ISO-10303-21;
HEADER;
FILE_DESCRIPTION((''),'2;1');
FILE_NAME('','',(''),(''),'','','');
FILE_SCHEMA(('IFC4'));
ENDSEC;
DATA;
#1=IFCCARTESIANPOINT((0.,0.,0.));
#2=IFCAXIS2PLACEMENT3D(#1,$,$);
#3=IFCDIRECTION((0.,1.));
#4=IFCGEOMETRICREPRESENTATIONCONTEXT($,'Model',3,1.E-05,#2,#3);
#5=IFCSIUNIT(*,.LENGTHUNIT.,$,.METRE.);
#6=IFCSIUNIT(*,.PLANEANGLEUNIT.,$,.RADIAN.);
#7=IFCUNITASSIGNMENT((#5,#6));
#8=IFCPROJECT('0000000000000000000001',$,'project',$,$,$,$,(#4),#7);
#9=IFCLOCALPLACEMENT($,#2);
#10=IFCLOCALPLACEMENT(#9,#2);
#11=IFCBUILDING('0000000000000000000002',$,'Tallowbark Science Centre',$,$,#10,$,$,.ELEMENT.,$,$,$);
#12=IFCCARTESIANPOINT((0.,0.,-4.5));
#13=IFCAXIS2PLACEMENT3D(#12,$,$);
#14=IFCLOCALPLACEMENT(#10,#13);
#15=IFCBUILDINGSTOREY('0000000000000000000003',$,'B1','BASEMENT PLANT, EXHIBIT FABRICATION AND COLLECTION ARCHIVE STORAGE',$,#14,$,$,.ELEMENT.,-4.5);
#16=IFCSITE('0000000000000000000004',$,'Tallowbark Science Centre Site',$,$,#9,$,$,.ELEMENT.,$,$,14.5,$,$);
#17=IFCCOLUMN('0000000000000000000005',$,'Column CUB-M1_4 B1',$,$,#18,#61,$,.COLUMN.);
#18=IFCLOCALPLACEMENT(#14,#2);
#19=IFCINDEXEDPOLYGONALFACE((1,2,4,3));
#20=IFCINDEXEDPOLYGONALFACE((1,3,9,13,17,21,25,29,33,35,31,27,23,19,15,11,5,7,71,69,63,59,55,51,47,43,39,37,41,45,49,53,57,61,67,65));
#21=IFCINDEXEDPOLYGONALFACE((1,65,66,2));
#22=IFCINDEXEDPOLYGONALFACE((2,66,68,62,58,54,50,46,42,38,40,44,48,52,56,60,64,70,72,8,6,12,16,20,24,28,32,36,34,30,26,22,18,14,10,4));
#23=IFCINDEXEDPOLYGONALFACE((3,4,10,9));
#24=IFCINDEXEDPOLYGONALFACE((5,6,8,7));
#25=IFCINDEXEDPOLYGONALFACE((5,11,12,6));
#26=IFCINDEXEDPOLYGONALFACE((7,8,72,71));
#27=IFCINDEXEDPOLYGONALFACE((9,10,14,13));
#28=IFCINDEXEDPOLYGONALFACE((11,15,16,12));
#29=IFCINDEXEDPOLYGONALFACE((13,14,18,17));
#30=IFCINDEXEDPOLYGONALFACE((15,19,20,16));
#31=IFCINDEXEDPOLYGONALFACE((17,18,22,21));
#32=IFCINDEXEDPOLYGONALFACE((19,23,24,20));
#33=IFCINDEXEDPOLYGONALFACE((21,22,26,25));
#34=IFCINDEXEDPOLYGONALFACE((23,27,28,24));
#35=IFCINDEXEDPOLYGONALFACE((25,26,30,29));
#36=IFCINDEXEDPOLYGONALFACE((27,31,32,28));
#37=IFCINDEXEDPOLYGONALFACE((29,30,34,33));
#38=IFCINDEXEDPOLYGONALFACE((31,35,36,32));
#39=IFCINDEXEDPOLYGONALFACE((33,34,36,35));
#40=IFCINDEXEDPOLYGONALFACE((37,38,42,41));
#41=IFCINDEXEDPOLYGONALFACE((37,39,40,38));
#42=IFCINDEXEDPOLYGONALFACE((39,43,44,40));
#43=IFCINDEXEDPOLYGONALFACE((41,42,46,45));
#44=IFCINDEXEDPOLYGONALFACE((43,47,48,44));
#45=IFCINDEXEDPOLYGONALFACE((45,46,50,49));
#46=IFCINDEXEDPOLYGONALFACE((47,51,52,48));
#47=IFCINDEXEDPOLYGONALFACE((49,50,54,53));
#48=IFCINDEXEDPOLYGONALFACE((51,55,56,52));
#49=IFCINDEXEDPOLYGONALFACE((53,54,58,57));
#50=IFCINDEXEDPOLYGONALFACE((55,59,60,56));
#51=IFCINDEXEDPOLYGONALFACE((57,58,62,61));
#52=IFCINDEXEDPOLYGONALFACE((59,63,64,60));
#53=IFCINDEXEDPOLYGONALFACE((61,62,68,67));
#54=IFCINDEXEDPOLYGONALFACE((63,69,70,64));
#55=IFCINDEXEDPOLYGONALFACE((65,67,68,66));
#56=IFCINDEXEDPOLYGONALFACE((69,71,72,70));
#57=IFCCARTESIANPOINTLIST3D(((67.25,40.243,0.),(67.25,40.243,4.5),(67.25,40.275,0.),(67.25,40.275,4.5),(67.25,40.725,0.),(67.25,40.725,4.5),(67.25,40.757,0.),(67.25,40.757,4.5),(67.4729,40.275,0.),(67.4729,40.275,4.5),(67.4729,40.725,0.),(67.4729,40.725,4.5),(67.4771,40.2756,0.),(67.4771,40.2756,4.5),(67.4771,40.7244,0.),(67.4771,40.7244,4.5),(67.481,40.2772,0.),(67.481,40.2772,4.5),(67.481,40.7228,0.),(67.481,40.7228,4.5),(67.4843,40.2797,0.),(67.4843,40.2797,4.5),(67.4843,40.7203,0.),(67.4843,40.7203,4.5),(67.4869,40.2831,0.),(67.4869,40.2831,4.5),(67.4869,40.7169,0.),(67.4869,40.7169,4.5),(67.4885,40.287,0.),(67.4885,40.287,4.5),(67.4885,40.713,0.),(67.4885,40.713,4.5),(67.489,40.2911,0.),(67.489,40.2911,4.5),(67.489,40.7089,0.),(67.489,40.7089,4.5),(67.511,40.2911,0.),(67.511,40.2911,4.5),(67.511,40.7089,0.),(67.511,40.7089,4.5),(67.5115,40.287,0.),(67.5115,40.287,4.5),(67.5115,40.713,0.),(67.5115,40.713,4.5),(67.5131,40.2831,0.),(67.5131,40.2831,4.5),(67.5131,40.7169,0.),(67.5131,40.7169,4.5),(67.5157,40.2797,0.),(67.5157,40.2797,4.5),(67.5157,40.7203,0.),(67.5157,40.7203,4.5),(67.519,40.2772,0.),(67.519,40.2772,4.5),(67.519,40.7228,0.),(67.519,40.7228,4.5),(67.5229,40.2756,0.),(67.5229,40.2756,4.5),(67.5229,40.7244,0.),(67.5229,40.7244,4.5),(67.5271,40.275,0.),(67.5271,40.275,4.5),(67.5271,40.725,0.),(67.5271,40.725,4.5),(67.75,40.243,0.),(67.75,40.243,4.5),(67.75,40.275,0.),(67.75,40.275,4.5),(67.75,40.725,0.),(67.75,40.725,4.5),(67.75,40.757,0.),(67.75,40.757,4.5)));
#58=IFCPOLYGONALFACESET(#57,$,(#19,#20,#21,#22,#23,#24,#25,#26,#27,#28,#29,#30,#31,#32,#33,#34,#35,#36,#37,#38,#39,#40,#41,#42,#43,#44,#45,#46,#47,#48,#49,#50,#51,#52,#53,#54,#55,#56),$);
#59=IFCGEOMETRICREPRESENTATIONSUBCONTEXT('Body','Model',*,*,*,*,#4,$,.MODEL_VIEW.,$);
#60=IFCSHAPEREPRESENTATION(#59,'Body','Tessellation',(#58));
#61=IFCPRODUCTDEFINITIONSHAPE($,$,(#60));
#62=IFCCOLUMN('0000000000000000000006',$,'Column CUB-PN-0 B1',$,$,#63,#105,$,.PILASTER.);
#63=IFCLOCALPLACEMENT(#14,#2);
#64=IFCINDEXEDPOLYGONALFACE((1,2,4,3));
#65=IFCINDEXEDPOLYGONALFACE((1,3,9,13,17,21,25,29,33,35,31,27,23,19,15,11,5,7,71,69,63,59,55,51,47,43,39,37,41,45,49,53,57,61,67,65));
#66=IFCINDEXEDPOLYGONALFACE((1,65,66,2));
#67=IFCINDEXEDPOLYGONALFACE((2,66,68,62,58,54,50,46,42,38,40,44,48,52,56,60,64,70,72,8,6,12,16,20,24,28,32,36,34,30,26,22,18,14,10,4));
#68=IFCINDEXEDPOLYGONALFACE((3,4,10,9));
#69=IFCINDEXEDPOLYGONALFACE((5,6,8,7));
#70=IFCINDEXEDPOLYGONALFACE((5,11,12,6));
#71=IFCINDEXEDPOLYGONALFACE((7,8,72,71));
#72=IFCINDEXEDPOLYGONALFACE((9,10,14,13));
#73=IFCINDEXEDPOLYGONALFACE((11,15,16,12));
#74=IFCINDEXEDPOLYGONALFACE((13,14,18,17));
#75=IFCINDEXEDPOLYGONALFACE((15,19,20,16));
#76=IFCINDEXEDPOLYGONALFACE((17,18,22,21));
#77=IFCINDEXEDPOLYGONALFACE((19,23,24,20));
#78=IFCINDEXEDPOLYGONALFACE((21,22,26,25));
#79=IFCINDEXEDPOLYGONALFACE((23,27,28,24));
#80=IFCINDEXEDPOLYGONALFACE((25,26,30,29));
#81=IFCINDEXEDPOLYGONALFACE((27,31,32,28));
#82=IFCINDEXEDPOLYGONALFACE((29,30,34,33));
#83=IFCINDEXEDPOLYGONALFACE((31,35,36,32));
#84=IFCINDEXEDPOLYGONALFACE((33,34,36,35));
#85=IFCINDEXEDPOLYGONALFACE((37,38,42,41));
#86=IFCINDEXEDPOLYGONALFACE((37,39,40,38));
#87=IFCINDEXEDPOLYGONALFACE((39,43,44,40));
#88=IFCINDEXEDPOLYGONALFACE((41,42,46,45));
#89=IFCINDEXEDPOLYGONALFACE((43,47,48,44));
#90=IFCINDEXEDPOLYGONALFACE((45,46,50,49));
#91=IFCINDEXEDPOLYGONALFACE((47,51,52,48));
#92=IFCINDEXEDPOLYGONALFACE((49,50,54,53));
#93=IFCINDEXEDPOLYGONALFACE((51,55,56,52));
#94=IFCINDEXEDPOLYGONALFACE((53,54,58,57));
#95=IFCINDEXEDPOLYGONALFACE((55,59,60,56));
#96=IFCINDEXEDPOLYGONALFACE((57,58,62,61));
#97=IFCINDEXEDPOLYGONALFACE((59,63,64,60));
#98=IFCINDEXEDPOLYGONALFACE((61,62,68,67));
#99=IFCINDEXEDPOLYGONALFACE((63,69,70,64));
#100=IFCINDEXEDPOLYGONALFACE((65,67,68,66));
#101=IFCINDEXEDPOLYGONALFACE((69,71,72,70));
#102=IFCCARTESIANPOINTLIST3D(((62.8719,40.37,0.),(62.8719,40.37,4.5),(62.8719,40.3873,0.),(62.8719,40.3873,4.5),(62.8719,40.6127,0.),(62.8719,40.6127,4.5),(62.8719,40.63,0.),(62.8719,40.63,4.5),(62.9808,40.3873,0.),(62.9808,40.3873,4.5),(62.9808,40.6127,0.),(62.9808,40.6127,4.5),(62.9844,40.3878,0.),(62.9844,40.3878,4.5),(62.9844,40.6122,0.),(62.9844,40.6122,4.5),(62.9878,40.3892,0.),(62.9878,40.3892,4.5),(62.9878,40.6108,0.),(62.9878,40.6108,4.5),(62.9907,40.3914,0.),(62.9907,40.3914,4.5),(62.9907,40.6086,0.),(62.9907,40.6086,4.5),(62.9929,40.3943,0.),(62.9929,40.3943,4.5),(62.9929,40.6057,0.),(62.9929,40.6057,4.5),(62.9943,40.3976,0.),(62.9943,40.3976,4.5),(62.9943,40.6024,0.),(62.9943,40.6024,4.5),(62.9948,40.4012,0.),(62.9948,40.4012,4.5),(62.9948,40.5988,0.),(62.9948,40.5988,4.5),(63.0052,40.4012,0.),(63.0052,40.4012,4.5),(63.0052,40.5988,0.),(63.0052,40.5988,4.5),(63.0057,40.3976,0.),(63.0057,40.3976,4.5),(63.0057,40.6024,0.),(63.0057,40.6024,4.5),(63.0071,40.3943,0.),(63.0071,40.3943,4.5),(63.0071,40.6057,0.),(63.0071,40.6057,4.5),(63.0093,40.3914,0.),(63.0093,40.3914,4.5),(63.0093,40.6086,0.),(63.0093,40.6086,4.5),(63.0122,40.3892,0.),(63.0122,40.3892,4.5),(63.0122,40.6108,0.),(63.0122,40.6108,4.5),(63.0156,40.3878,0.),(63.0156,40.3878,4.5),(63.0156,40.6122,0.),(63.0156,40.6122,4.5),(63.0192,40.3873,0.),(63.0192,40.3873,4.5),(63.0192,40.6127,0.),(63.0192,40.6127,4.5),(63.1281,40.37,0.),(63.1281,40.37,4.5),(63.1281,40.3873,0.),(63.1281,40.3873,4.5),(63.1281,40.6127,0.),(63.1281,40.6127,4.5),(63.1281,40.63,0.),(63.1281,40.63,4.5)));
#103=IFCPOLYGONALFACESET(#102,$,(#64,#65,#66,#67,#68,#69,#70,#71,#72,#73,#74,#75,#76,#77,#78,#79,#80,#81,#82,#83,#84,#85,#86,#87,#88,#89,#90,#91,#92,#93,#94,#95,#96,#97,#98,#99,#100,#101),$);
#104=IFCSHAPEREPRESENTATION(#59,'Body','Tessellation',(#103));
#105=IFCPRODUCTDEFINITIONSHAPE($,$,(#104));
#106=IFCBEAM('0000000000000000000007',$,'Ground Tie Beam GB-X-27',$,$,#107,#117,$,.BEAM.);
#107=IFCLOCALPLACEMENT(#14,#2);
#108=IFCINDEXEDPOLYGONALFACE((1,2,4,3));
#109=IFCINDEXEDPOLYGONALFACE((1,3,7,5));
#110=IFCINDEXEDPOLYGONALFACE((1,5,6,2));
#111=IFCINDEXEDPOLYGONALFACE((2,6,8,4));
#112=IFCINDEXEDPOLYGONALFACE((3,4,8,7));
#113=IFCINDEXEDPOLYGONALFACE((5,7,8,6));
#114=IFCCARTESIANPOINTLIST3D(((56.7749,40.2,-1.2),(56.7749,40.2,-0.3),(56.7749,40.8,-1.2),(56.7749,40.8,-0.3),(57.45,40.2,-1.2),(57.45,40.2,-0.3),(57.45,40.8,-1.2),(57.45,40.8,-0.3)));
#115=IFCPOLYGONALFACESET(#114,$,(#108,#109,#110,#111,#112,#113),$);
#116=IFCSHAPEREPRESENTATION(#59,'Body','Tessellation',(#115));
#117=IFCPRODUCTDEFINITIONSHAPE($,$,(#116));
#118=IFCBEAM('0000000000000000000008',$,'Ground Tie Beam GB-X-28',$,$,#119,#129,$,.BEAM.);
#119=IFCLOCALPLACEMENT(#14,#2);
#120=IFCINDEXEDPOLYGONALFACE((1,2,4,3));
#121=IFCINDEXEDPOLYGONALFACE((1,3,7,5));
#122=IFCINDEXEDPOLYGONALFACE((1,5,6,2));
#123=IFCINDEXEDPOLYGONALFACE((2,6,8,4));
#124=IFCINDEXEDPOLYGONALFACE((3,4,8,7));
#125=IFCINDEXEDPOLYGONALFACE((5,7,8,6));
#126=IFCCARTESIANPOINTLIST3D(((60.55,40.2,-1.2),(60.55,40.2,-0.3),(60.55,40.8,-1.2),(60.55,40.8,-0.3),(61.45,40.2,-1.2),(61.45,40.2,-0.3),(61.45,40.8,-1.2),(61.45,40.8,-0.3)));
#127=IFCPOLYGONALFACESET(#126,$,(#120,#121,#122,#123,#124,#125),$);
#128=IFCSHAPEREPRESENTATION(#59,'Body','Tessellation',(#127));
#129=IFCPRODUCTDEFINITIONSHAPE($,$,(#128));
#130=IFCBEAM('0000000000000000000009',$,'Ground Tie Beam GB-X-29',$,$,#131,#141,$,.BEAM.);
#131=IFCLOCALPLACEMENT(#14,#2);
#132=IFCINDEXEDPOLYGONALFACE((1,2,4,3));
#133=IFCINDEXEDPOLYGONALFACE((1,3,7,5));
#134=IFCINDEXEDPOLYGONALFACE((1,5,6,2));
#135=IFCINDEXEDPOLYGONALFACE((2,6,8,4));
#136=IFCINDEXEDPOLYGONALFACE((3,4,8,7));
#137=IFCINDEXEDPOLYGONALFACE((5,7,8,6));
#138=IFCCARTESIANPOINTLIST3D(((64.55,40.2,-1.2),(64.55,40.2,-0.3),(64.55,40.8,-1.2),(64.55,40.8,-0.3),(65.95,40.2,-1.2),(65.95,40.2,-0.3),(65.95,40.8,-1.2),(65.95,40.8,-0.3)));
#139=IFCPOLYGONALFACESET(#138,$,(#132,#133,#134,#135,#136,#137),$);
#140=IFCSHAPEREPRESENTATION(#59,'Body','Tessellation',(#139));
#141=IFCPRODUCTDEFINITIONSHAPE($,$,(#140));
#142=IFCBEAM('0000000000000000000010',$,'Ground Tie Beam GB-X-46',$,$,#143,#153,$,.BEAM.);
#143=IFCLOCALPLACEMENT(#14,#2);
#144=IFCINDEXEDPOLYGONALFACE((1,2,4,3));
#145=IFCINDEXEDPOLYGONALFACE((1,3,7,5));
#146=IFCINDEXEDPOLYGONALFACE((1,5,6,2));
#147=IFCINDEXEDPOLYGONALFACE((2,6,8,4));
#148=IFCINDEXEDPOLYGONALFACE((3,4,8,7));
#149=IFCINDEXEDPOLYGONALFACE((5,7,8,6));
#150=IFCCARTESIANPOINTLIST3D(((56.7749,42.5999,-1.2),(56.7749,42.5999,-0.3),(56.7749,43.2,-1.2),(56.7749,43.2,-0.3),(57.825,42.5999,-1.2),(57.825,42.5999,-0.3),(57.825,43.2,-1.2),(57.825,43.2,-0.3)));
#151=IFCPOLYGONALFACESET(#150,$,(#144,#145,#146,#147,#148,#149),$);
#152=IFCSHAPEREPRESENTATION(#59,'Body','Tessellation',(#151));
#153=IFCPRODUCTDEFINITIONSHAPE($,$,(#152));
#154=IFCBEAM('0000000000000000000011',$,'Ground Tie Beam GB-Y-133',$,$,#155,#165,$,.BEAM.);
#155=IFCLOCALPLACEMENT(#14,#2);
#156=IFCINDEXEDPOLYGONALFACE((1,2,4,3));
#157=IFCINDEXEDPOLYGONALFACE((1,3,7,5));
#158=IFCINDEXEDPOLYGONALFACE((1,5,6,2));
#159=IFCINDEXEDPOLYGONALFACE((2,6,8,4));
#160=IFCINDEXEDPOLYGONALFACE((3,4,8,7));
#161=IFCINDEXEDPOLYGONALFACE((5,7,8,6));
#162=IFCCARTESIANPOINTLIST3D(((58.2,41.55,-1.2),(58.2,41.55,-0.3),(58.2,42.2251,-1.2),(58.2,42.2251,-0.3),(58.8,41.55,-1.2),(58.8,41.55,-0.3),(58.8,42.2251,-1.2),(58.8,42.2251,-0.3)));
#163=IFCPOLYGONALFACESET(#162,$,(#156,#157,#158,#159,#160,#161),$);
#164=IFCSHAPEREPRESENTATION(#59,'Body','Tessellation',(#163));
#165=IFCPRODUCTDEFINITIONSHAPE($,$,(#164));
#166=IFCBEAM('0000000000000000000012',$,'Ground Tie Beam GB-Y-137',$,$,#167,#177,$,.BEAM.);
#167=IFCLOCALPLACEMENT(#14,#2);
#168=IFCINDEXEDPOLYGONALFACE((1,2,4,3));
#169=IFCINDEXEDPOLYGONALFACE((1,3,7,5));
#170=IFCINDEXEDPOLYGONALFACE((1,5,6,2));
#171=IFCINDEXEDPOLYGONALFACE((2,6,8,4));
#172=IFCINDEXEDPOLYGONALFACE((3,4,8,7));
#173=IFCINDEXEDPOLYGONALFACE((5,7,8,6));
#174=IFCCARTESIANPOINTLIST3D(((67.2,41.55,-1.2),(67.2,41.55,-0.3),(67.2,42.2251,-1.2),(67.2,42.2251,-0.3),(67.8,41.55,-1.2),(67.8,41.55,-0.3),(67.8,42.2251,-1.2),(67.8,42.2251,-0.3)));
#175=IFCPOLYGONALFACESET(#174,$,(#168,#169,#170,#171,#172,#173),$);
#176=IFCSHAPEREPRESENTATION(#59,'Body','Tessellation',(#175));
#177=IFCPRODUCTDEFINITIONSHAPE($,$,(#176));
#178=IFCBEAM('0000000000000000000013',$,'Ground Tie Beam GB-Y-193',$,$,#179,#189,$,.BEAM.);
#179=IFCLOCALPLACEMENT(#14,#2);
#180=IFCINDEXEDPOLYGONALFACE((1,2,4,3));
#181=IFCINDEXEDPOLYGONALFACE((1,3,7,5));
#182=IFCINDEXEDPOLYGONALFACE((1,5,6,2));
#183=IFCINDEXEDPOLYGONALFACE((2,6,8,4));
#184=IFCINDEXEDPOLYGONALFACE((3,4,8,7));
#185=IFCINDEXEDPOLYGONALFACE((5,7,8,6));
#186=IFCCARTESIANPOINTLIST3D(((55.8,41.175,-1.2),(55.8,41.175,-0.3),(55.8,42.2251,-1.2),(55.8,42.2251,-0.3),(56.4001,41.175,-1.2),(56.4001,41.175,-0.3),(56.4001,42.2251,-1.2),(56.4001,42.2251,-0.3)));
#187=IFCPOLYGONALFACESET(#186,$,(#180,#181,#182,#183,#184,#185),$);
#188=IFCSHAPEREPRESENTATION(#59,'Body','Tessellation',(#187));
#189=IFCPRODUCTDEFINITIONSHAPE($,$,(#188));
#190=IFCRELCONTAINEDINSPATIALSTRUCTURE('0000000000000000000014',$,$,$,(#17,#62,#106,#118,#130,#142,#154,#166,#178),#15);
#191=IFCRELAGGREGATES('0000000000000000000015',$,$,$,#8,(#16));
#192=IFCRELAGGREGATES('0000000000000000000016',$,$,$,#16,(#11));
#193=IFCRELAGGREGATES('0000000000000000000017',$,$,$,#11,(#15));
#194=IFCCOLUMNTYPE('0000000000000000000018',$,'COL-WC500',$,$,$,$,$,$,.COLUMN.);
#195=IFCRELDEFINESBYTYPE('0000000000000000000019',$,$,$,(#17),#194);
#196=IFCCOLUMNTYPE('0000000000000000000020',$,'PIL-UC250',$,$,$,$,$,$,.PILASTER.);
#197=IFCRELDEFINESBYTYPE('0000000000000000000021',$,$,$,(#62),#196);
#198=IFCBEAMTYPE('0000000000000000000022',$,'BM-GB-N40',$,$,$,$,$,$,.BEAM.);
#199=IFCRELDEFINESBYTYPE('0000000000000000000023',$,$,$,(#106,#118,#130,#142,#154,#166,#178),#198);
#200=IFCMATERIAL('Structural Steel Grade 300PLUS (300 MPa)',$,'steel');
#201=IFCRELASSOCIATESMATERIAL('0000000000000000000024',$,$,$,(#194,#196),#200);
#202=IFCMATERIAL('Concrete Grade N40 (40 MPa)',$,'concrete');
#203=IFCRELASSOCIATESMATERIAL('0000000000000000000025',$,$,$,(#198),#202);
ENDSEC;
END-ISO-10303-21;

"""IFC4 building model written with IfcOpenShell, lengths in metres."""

from ifc_helpers import new_model, si_unit, direction, frame, origin, origin_2d, place, context, subcontext, project, spatial, rectangle, i_section, extrude, material, material_profile, profile_set, type_object, element, save


model = new_model("IFC4")

# Units and contexts
model_context = context("Model", 3, precision=1e-05, world=origin(), true_north=direction((0.0, 1.0)))
body_context = subcontext(model_context, "Body", "Model", "MODEL_VIEW")
ifc_project = project(units=[si_unit("LENGTHUNIT", "METRE"), si_unit("PLANEANGLEUNIT", "RADIAN")], contexts=[model_context])

# Site, building, storey
site_placement = place(None, origin())
site = spatial("IfcSite", under=ifc_project, at=site_placement, Name="Tallowbark Science Centre Site", CompositionType="ELEMENT", RefElevation=14.5)
building_placement = place(site_placement, origin())
building = spatial("IfcBuilding", under=site, at=building_placement, Name="Tallowbark Science Centre", CompositionType="ELEMENT")
storey_placement = place(building_placement, frame((0.0, 0.0, -4.5)))
storey = spatial("IfcBuildingStorey", under=building, at=storey_placement, Name="B1", Description="BASEMENT PLANT, EXHIBIT FABRICATION AND COLLECTION ARCHIVE STORAGE", CompositionType="ELEMENT", Elevation=-4.5)

# Shared definitions
ifc_material_1 = material(Name="Concrete Grade N40 (40 MPa)", Category="concrete")

# Columns
ifc_material_2 = material(Name="Structural Steel Grade 300PLUS (300 MPa)", Category="steel")
ifc_material_profile_1 = material_profile(ifc_material_2, i_section(OverallWidth=0.5, OverallDepth=0.5139, WebThickness=0.022, FlangeThickness=0.032, FilletRadius=0.0161, at=origin_2d()), Name="500WC340")
ifc_profile_set_1 = profile_set([ifc_material_profile_1], Name="Structural Steel Grade 300PLUS (300 MPa)")
column_type_1 = type_object("IfcColumnType", Name="COL-WC500", PredefinedType="COLUMN", material=ifc_profile_set_1)
for number, where, z_axis, x_axis, name in (
    (1, (67.5, 40.5, 0.0), (0.0, 0.0, 1.0), (1.0, 0.0, 0.0), "Column CUB-M1_4 B1"),
):
    element("IfcColumn", number, at=place(storey_placement, frame(where, z_axis=z_axis, x_axis=x_axis)), inside=storey, type_object=column_type_1, Name=name, PredefinedType="COLUMN", context=body_context, shape_type="SweptSolid", body=[
        extrude(i_section(OverallWidth=0.5, OverallDepth=0.5139, WebThickness=0.022, FlangeThickness=0.032, FilletRadius=0.0161, at=origin_2d()), origin(), (0.0, 0.0, 1.0), 4.5),
    ])
ifc_material_profile_2 = material_profile(ifc_material_2, i_section(OverallWidth=0.2561, OverallDepth=0.26, WebThickness=0.0105, FlangeThickness=0.0173, FilletRadius=0.0139, at=origin_2d()), Name="250UC89.5")
ifc_profile_set_2 = profile_set([ifc_material_profile_2], Name="Structural Steel Grade 300PLUS (300 MPa)")
column_type_2 = type_object("IfcColumnType", Name="PIL-UC250", PredefinedType="PILASTER", material=ifc_profile_set_2)
column_1_placement = place(storey_placement, frame((63.0, 40.5, 0.0), z_axis=(0.0, 0.0, 1.0), x_axis=(1.0, 0.0, 0.0)))
element("IfcColumn", 2, at=column_1_placement, inside=storey, type_object=column_type_2, Name="Column CUB-PN-0 B1", PredefinedType="PILASTER", context=body_context, shape_type="SweptSolid", body=[
    extrude(i_section(OverallWidth=0.2561, OverallDepth=0.26, WebThickness=0.0105, FlangeThickness=0.0173, FilletRadius=0.0139, at=origin_2d()), origin(), (0.0, 0.0, 1.0), 4.5),
])

# Beams
ifc_material_profile_3 = material_profile(ifc_material_1, rectangle(XDim=0.6001, YDim=0.8999, at=origin_2d()), Name="RC600x900")
ifc_profile_set_3 = profile_set([ifc_material_profile_3], Name="Concrete Grade N40 (40 MPa)")
beam_type = type_object("IfcBeamType", Name="BM-GB-N40", PredefinedType="BEAM", material=ifc_profile_set_3)
beam_1_placement = place(storey_placement, frame((56.7749, 40.5, -0.75), z_axis=(1.0, 0.0, 0.0), x_axis=(0.0, 1.0, 0.0)))
element("IfcBeam", 3, at=beam_1_placement, inside=storey, type_object=beam_type, Name="Ground Tie Beam GB-X-27", PredefinedType="BEAM", context=body_context, shape_type="SweptSolid", body=[
    extrude(rectangle(XDim=0.6001, YDim=0.8999, at=origin_2d()), origin(), (0.0, 0.0, 1.0), 0.675),
])
beam_2_placement = place(storey_placement, frame((60.55, 40.5, -0.75), z_axis=(1.0, 0.0, 0.0), x_axis=(0.0, 1.0, 0.0)))
element("IfcBeam", 4, at=beam_2_placement, inside=storey, type_object=beam_type, Name="Ground Tie Beam GB-X-28", PredefinedType="BEAM", context=body_context, shape_type="SweptSolid", body=[
    extrude(rectangle(XDim=0.6001, YDim=0.8999, at=origin_2d()), origin(), (0.0, 0.0, 1.0), 0.8999),
])
beam_3_placement = place(storey_placement, frame((64.55, 40.5, -0.75), z_axis=(1.0, 0.0, 0.0), x_axis=(0.0, 1.0, 0.0)))
element("IfcBeam", 5, at=beam_3_placement, inside=storey, type_object=beam_type, Name="Ground Tie Beam GB-X-29", PredefinedType="BEAM", context=body_context, shape_type="SweptSolid", body=[
    extrude(rectangle(XDim=0.6001, YDim=0.8999, at=origin_2d()), origin(), (0.0, 0.0, 1.0), 1.3999),
])
beam_4_placement = place(storey_placement, frame((56.7749, 42.8999, -0.75), z_axis=(1.0, 0.0, 0.0), x_axis=(0.0, 1.0, 0.0)))
element("IfcBeam", 6, at=beam_4_placement, inside=storey, type_object=beam_type, Name="Ground Tie Beam GB-X-46", PredefinedType="BEAM", context=body_context, shape_type="SweptSolid", body=[
    extrude(rectangle(XDim=0.6001, YDim=0.8999, at=origin_2d()), origin(), (0.0, 0.0, 1.0), 1.05),
])
for number, where, z_axis, x_axis, name in (
    (7, (58.5, 41.55, -0.75), (0.0, 1.0, 0.0), (-1.0, 0.0, 0.0), "Ground Tie Beam GB-Y-133"),
    (8, (67.5, 41.55, -0.75), (0.0, 1.0, 0.0), (-1.0, 0.0, 0.0), "Ground Tie Beam GB-Y-137"),
):
    element("IfcBeam", number, at=place(storey_placement, frame(where, z_axis=z_axis, x_axis=x_axis)), inside=storey, type_object=beam_type, Name=name, PredefinedType="BEAM", context=body_context, shape_type="SweptSolid", body=[
        extrude(rectangle(XDim=0.6001, YDim=0.8999, at=origin_2d()), origin(), (0.0, 0.0, 1.0), 0.675),
    ])
beam_5_placement = place(storey_placement, frame((56.1001, 41.175, -0.75), z_axis=(0.0, 1.0, 0.0), x_axis=(-1.0, 0.0, 0.0)))
element("IfcBeam", 9, at=beam_5_placement, inside=storey, type_object=beam_type, Name="Ground Tie Beam GB-Y-193", PredefinedType="BEAM", context=body_context, shape_type="SweptSolid", body=[
    extrude(rectangle(XDim=0.6001, YDim=0.8999, at=origin_2d()), origin(), (0.0, 0.0, 1.0), 1.05),
])

save(model, "model.ifc")
